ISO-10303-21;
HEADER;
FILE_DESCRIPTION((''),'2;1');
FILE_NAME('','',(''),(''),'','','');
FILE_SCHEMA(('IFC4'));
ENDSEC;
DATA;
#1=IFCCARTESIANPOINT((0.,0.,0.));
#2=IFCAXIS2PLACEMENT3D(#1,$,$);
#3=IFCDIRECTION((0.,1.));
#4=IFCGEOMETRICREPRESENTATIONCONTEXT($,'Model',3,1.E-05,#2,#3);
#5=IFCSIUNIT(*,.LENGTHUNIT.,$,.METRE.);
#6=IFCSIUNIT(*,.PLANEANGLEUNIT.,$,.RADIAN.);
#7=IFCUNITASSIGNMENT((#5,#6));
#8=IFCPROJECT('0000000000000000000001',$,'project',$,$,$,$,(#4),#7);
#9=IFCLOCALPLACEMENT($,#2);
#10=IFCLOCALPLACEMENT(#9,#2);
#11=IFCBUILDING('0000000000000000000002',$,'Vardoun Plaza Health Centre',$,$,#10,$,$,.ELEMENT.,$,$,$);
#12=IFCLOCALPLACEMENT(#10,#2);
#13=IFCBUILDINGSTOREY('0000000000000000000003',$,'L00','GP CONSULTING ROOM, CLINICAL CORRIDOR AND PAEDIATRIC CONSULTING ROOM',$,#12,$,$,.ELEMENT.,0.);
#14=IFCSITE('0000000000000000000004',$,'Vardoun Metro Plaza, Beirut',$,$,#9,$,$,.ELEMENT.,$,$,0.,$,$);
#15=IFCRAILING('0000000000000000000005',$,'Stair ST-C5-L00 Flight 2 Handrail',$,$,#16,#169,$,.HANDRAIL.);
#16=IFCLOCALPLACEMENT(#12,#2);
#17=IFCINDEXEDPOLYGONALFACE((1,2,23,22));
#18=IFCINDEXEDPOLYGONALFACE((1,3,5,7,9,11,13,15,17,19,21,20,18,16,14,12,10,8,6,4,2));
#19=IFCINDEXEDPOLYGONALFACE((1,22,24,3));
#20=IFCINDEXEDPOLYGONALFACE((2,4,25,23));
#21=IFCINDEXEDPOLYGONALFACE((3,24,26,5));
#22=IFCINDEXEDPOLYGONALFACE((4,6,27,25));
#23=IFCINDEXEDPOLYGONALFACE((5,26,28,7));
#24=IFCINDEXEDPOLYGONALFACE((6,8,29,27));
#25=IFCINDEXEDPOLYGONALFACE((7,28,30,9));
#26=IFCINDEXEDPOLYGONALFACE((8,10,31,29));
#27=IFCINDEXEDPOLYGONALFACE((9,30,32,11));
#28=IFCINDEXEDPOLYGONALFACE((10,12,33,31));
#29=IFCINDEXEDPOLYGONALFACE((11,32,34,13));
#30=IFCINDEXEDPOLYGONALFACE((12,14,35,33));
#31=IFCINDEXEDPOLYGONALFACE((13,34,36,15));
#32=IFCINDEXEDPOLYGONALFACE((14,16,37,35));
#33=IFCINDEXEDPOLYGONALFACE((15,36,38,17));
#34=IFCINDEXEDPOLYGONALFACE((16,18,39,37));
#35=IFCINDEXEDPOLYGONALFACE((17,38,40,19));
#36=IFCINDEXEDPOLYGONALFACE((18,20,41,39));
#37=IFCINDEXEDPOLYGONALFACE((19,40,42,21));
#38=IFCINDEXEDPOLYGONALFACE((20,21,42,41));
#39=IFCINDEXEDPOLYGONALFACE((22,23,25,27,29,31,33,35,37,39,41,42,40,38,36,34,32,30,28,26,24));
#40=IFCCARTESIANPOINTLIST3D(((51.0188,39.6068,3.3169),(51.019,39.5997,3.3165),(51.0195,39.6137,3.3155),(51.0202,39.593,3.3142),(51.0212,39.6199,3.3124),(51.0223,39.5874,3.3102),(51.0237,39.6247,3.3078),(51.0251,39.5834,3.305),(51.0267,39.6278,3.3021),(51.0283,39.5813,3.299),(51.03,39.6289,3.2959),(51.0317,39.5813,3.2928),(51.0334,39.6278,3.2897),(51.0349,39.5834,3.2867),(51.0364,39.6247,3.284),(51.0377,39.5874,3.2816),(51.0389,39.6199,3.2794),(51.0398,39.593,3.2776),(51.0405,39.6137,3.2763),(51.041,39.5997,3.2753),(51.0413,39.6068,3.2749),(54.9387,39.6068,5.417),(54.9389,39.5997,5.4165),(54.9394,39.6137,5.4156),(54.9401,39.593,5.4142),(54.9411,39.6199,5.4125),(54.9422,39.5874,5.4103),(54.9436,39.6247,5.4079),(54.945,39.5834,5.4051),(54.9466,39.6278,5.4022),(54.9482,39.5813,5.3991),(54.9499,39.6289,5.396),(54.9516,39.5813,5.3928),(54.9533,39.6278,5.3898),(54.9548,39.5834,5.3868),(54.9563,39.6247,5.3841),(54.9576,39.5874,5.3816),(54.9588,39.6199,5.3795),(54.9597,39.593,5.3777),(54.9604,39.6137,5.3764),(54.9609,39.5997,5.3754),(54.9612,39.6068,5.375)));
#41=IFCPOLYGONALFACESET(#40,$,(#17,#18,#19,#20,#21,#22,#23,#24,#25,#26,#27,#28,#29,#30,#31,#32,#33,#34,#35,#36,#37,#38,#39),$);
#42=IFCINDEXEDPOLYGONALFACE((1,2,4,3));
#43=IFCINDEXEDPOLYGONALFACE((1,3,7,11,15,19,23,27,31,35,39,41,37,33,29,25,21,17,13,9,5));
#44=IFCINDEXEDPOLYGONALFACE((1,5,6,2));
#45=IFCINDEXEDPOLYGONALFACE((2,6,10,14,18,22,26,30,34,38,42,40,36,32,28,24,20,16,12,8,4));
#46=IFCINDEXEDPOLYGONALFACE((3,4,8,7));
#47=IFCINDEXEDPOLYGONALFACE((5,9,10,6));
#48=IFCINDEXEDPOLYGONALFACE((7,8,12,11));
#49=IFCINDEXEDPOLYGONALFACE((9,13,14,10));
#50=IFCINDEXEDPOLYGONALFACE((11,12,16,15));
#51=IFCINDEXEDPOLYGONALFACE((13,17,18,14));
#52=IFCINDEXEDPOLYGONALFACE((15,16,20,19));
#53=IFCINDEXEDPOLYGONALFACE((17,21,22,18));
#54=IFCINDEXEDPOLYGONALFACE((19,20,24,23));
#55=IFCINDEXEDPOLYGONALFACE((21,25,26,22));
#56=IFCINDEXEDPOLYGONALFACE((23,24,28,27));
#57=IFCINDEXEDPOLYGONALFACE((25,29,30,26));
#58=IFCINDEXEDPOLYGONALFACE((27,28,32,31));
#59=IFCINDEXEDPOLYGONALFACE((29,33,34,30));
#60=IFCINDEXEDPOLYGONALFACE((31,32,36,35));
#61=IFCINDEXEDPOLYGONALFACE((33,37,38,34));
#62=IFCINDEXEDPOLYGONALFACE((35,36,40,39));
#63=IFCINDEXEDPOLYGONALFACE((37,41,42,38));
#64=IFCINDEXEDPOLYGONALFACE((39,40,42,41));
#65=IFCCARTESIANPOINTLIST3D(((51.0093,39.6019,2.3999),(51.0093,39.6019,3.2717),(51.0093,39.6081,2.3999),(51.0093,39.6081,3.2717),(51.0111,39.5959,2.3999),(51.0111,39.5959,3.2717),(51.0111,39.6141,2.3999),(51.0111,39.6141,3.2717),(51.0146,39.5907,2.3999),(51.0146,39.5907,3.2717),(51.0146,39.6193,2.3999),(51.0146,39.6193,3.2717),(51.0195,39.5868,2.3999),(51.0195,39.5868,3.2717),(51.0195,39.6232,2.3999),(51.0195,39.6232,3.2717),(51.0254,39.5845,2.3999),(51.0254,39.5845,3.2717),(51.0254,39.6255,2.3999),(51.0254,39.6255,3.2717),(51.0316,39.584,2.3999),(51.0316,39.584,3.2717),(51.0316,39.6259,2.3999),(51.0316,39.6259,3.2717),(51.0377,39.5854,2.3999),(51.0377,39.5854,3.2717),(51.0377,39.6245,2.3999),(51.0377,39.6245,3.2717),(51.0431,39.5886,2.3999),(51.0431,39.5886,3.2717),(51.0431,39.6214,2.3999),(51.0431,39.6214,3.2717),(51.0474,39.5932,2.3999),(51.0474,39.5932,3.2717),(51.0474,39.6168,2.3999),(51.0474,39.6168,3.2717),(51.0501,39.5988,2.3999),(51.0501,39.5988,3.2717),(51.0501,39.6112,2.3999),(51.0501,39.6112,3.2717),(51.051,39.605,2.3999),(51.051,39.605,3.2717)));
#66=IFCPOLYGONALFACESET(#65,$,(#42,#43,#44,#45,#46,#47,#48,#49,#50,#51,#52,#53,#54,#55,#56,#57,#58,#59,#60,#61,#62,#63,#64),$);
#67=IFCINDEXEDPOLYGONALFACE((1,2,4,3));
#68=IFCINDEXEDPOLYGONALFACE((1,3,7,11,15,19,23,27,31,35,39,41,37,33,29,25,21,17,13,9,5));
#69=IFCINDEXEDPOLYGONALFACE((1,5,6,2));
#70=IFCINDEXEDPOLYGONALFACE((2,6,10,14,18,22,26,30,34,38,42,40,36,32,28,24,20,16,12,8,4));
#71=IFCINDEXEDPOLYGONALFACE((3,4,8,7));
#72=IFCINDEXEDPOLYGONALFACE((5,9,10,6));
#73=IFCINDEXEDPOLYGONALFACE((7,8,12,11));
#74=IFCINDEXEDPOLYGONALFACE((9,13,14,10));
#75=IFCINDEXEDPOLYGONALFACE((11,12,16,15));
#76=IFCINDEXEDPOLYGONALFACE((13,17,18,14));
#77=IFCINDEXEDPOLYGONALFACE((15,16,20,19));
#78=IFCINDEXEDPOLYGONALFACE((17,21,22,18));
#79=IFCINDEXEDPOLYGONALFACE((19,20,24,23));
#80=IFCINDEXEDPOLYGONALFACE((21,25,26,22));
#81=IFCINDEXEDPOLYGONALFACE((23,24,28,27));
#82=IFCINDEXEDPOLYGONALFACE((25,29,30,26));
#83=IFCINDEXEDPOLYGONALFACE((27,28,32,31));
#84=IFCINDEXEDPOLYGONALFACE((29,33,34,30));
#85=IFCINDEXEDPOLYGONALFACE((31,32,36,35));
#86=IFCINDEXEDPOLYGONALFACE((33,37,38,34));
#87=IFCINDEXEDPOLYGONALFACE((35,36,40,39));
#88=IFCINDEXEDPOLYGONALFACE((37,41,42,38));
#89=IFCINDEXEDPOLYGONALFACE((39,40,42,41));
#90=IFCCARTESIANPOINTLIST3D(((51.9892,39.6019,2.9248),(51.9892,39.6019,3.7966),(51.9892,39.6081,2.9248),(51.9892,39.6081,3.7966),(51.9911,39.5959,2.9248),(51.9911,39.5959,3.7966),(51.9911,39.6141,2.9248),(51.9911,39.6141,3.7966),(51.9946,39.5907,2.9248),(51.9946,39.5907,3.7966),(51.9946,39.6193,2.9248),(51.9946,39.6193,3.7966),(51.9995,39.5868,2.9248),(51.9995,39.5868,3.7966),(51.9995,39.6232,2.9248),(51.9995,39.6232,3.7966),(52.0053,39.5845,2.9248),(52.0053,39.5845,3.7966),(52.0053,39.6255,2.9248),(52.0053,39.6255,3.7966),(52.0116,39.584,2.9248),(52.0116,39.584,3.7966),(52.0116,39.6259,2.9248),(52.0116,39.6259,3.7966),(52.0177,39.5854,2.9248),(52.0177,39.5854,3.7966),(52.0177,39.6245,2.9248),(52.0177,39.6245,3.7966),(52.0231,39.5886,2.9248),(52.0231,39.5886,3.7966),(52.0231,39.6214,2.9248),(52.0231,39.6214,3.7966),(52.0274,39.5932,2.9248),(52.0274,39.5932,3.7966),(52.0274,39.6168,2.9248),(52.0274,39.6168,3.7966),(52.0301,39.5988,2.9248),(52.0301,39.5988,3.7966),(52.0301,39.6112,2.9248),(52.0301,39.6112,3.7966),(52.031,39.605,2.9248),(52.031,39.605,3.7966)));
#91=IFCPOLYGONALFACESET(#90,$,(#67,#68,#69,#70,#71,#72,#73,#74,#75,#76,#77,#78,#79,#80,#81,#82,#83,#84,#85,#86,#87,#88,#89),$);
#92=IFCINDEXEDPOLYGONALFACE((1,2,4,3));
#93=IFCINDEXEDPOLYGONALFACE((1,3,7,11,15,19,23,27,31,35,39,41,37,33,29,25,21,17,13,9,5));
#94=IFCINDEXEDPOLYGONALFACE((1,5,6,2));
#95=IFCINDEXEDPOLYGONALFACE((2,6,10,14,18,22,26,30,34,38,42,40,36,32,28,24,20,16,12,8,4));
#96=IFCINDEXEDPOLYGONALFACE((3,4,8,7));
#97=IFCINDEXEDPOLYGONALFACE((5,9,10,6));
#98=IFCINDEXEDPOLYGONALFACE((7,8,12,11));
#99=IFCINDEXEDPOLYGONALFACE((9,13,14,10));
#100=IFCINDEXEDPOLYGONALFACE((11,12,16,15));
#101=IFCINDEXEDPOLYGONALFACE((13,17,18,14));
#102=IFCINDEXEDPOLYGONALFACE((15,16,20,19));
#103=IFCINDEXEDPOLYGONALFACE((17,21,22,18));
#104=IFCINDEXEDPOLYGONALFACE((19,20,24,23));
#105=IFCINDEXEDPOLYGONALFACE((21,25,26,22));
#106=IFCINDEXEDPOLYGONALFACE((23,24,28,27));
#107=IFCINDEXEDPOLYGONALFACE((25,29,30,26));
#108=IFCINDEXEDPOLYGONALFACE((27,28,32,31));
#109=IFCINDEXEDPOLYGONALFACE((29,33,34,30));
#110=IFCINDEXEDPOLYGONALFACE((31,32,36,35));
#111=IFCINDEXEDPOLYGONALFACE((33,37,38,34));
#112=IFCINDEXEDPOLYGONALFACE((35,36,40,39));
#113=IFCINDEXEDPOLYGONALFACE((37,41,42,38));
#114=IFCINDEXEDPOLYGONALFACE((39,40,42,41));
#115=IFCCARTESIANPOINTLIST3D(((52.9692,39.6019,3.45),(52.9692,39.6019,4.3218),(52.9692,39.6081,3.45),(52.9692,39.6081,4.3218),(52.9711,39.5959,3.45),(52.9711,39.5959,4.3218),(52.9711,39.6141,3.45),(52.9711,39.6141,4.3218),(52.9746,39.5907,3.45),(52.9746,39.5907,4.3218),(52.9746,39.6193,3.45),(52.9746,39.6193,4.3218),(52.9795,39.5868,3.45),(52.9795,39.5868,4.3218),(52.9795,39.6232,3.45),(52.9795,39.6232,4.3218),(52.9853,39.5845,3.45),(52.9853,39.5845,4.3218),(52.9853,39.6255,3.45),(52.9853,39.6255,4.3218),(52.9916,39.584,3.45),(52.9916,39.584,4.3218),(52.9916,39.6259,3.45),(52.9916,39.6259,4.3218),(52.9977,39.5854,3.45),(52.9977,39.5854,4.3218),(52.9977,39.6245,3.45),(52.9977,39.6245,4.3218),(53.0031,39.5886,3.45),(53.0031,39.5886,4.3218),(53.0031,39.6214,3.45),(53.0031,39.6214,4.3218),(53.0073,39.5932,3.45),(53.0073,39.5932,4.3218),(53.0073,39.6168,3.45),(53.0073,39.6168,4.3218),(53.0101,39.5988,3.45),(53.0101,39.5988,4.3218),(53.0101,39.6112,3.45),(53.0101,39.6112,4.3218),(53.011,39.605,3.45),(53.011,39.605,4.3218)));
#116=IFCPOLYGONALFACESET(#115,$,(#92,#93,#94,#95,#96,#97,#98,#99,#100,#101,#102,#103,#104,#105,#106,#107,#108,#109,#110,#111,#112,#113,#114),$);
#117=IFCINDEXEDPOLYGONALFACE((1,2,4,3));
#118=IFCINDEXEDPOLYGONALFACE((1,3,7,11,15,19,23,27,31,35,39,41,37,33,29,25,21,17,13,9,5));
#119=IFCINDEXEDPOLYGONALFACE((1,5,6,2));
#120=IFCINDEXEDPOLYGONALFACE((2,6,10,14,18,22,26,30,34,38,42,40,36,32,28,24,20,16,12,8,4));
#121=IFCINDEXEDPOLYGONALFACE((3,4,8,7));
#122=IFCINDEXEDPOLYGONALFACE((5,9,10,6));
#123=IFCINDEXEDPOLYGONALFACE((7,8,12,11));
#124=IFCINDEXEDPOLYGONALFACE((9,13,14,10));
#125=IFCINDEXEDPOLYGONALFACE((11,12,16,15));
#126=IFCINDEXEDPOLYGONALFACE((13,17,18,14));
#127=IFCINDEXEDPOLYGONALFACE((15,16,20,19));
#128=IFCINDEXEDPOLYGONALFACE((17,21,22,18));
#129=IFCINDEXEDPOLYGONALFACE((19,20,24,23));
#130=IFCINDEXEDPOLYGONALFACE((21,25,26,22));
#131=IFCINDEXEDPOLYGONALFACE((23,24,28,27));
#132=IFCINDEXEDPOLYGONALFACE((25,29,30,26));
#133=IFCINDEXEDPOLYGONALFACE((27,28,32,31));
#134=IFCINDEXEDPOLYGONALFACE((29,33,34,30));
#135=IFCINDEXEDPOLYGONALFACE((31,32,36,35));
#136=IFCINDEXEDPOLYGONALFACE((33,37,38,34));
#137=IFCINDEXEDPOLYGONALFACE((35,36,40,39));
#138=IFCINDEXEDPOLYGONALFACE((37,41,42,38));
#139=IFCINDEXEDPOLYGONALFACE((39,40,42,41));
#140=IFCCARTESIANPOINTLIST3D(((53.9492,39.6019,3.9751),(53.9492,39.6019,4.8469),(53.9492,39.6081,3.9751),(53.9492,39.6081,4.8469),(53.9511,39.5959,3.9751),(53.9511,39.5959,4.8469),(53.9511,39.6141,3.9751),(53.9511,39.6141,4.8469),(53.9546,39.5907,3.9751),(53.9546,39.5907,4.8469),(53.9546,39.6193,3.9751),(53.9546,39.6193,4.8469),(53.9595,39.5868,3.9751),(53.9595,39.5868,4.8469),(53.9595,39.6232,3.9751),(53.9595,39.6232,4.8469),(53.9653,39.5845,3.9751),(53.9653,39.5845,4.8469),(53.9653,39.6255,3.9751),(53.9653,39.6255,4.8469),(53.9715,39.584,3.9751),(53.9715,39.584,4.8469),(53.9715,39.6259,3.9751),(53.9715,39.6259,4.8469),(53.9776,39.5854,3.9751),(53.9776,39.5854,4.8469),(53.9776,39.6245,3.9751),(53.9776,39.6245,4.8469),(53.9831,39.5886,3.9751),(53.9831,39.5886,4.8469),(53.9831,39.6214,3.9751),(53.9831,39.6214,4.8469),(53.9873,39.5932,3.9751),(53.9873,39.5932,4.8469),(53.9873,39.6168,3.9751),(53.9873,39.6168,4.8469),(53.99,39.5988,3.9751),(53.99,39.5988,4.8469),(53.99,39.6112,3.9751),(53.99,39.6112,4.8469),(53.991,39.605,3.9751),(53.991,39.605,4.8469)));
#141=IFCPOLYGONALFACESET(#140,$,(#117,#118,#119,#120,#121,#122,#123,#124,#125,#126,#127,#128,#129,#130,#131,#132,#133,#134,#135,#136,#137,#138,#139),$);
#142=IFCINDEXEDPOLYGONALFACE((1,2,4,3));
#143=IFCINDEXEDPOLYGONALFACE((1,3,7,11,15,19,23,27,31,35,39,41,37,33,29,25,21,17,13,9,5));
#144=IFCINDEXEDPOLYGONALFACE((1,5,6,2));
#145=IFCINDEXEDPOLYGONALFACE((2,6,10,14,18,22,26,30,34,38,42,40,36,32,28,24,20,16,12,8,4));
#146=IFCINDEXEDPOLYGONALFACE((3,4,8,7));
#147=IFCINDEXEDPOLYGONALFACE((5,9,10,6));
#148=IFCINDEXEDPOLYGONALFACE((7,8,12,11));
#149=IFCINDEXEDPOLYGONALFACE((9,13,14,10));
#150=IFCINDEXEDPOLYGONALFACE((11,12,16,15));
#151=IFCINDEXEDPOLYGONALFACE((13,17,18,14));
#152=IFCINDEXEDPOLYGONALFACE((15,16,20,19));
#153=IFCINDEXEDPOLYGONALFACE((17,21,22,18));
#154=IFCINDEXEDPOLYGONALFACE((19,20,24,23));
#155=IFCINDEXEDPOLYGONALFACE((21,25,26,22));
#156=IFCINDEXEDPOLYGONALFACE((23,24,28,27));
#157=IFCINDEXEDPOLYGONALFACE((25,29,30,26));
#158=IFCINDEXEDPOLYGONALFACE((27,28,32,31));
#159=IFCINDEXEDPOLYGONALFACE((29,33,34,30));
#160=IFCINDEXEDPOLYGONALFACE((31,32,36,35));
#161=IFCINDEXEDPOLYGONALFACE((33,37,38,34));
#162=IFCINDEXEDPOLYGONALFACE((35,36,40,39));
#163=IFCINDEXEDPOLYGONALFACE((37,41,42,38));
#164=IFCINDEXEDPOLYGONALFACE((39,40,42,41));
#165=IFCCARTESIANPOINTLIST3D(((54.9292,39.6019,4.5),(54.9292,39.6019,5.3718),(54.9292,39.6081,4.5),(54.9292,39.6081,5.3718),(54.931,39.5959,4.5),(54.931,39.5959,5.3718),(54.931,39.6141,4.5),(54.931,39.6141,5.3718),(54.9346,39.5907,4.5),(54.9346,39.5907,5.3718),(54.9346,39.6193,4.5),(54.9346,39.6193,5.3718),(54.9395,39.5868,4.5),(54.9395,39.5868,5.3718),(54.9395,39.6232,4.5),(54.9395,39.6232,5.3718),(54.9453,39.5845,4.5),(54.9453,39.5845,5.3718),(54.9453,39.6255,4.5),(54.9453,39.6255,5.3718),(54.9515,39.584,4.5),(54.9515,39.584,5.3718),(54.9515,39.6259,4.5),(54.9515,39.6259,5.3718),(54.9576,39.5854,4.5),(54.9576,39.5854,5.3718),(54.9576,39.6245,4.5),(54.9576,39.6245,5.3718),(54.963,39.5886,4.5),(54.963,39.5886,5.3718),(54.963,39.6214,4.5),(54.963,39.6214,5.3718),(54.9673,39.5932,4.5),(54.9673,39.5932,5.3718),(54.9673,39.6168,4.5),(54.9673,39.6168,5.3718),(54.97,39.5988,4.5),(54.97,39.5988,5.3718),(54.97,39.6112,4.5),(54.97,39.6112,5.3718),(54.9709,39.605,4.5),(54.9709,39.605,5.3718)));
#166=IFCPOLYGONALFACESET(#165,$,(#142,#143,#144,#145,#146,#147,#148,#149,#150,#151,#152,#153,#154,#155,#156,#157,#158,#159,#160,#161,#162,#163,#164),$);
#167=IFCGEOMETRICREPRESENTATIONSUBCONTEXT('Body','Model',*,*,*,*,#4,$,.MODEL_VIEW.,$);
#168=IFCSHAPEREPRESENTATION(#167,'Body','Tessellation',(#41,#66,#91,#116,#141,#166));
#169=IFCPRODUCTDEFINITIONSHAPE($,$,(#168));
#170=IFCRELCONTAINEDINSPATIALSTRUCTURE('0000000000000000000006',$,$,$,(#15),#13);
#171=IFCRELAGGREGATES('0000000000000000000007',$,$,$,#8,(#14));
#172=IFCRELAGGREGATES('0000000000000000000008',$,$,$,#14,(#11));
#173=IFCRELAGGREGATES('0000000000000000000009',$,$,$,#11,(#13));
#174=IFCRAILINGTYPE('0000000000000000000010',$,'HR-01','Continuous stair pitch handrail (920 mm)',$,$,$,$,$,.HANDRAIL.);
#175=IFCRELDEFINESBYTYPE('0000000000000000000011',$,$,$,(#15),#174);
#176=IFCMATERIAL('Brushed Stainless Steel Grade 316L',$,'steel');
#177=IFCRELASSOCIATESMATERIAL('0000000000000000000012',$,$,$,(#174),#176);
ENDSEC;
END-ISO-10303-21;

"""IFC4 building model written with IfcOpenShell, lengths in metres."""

from ifc_helpers import new_model, si_unit, direction, frame, origin, origin_2d, place, context, subcontext, project, spatial, circle, extrude, material, type_object, element, save


model = new_model("IFC4")

# Units and contexts
model_context = context("Model", 3, precision=1e-05, world=origin(), true_north=direction((0.0, 1.0)))
body_context = subcontext(model_context, "Body", "Model", "MODEL_VIEW")
ifc_project = project(units=[si_unit("LENGTHUNIT", "METRE"), si_unit("PLANEANGLEUNIT", "RADIAN")], contexts=[model_context])

# Site, building, storey
site_placement = place(None, origin())
site = spatial("IfcSite", under=ifc_project, at=site_placement, Name="Vardoun Metro Plaza, Beirut", CompositionType="ELEMENT", RefElevation=0.0)
building_placement = place(site_placement, origin())
building = spatial("IfcBuilding", under=site, at=building_placement, Name="Vardoun Plaza Health Centre", CompositionType="ELEMENT")
storey_placement = place(building_placement, origin())
storey = spatial("IfcBuildingStorey", under=building, at=storey_placement, Name="L00", Description="GP CONSULTING ROOM, CLINICAL CORRIDOR AND PAEDIATRIC CONSULTING ROOM", CompositionType="ELEMENT", Elevation=0.0)

# Railing
ifc_material_1 = material(Name="Brushed Stainless Steel Grade 316L", Category="steel")
railing_type_1 = type_object("IfcRailingType", Name="HR-01", Description="Continuous stair pitch handrail (920 mm)", PredefinedType="HANDRAIL", material=ifc_material_1)
railing_1_placement = place(storey_placement, frame((51.03, 39.605, 2.3999)))
element("IfcRailing", 1, at=railing_1_placement, inside=storey, type_object=railing_type_1, Name="Stair ST-C5-L00 Flight 2 Handrail", PredefinedType="HANDRAIL", context=body_context, shape_type="SweptSolid", body=[
    extrude(circle(Radius=0.0239, at=origin_2d()), frame((0.0, 0.0, 0.896), z_axis=(0.881467, 0.0, 0.472246), x_axis=(0.0, 1.0, 0.0)), (0.0, 0.0, 1.0), 4.447),
    extrude(circle(Radius=0.021, at=origin_2d()), origin(), (0.0, 0.0, 1.0), 0.8718),
    extrude(circle(Radius=0.021, at=origin_2d()), frame((0.98, 0.0, 0.5249)), (0.0, 0.0, 1.0), 0.8718),
    extrude(circle(Radius=0.021, at=origin_2d()), frame((1.96, 0.0, 1.05)), (0.0, 0.0, 1.0), 0.8718),
    extrude(circle(Radius=0.021, at=origin_2d()), frame((2.9399, 0.0, 1.5752)), (0.0, 0.0, 1.0), 0.8718),
    extrude(circle(Radius=0.021, at=origin_2d()), frame((3.9199, 0.0, 2.1001)), (0.0, 0.0, 1.0), 0.8718),
])

save(model, "model.ifc")
